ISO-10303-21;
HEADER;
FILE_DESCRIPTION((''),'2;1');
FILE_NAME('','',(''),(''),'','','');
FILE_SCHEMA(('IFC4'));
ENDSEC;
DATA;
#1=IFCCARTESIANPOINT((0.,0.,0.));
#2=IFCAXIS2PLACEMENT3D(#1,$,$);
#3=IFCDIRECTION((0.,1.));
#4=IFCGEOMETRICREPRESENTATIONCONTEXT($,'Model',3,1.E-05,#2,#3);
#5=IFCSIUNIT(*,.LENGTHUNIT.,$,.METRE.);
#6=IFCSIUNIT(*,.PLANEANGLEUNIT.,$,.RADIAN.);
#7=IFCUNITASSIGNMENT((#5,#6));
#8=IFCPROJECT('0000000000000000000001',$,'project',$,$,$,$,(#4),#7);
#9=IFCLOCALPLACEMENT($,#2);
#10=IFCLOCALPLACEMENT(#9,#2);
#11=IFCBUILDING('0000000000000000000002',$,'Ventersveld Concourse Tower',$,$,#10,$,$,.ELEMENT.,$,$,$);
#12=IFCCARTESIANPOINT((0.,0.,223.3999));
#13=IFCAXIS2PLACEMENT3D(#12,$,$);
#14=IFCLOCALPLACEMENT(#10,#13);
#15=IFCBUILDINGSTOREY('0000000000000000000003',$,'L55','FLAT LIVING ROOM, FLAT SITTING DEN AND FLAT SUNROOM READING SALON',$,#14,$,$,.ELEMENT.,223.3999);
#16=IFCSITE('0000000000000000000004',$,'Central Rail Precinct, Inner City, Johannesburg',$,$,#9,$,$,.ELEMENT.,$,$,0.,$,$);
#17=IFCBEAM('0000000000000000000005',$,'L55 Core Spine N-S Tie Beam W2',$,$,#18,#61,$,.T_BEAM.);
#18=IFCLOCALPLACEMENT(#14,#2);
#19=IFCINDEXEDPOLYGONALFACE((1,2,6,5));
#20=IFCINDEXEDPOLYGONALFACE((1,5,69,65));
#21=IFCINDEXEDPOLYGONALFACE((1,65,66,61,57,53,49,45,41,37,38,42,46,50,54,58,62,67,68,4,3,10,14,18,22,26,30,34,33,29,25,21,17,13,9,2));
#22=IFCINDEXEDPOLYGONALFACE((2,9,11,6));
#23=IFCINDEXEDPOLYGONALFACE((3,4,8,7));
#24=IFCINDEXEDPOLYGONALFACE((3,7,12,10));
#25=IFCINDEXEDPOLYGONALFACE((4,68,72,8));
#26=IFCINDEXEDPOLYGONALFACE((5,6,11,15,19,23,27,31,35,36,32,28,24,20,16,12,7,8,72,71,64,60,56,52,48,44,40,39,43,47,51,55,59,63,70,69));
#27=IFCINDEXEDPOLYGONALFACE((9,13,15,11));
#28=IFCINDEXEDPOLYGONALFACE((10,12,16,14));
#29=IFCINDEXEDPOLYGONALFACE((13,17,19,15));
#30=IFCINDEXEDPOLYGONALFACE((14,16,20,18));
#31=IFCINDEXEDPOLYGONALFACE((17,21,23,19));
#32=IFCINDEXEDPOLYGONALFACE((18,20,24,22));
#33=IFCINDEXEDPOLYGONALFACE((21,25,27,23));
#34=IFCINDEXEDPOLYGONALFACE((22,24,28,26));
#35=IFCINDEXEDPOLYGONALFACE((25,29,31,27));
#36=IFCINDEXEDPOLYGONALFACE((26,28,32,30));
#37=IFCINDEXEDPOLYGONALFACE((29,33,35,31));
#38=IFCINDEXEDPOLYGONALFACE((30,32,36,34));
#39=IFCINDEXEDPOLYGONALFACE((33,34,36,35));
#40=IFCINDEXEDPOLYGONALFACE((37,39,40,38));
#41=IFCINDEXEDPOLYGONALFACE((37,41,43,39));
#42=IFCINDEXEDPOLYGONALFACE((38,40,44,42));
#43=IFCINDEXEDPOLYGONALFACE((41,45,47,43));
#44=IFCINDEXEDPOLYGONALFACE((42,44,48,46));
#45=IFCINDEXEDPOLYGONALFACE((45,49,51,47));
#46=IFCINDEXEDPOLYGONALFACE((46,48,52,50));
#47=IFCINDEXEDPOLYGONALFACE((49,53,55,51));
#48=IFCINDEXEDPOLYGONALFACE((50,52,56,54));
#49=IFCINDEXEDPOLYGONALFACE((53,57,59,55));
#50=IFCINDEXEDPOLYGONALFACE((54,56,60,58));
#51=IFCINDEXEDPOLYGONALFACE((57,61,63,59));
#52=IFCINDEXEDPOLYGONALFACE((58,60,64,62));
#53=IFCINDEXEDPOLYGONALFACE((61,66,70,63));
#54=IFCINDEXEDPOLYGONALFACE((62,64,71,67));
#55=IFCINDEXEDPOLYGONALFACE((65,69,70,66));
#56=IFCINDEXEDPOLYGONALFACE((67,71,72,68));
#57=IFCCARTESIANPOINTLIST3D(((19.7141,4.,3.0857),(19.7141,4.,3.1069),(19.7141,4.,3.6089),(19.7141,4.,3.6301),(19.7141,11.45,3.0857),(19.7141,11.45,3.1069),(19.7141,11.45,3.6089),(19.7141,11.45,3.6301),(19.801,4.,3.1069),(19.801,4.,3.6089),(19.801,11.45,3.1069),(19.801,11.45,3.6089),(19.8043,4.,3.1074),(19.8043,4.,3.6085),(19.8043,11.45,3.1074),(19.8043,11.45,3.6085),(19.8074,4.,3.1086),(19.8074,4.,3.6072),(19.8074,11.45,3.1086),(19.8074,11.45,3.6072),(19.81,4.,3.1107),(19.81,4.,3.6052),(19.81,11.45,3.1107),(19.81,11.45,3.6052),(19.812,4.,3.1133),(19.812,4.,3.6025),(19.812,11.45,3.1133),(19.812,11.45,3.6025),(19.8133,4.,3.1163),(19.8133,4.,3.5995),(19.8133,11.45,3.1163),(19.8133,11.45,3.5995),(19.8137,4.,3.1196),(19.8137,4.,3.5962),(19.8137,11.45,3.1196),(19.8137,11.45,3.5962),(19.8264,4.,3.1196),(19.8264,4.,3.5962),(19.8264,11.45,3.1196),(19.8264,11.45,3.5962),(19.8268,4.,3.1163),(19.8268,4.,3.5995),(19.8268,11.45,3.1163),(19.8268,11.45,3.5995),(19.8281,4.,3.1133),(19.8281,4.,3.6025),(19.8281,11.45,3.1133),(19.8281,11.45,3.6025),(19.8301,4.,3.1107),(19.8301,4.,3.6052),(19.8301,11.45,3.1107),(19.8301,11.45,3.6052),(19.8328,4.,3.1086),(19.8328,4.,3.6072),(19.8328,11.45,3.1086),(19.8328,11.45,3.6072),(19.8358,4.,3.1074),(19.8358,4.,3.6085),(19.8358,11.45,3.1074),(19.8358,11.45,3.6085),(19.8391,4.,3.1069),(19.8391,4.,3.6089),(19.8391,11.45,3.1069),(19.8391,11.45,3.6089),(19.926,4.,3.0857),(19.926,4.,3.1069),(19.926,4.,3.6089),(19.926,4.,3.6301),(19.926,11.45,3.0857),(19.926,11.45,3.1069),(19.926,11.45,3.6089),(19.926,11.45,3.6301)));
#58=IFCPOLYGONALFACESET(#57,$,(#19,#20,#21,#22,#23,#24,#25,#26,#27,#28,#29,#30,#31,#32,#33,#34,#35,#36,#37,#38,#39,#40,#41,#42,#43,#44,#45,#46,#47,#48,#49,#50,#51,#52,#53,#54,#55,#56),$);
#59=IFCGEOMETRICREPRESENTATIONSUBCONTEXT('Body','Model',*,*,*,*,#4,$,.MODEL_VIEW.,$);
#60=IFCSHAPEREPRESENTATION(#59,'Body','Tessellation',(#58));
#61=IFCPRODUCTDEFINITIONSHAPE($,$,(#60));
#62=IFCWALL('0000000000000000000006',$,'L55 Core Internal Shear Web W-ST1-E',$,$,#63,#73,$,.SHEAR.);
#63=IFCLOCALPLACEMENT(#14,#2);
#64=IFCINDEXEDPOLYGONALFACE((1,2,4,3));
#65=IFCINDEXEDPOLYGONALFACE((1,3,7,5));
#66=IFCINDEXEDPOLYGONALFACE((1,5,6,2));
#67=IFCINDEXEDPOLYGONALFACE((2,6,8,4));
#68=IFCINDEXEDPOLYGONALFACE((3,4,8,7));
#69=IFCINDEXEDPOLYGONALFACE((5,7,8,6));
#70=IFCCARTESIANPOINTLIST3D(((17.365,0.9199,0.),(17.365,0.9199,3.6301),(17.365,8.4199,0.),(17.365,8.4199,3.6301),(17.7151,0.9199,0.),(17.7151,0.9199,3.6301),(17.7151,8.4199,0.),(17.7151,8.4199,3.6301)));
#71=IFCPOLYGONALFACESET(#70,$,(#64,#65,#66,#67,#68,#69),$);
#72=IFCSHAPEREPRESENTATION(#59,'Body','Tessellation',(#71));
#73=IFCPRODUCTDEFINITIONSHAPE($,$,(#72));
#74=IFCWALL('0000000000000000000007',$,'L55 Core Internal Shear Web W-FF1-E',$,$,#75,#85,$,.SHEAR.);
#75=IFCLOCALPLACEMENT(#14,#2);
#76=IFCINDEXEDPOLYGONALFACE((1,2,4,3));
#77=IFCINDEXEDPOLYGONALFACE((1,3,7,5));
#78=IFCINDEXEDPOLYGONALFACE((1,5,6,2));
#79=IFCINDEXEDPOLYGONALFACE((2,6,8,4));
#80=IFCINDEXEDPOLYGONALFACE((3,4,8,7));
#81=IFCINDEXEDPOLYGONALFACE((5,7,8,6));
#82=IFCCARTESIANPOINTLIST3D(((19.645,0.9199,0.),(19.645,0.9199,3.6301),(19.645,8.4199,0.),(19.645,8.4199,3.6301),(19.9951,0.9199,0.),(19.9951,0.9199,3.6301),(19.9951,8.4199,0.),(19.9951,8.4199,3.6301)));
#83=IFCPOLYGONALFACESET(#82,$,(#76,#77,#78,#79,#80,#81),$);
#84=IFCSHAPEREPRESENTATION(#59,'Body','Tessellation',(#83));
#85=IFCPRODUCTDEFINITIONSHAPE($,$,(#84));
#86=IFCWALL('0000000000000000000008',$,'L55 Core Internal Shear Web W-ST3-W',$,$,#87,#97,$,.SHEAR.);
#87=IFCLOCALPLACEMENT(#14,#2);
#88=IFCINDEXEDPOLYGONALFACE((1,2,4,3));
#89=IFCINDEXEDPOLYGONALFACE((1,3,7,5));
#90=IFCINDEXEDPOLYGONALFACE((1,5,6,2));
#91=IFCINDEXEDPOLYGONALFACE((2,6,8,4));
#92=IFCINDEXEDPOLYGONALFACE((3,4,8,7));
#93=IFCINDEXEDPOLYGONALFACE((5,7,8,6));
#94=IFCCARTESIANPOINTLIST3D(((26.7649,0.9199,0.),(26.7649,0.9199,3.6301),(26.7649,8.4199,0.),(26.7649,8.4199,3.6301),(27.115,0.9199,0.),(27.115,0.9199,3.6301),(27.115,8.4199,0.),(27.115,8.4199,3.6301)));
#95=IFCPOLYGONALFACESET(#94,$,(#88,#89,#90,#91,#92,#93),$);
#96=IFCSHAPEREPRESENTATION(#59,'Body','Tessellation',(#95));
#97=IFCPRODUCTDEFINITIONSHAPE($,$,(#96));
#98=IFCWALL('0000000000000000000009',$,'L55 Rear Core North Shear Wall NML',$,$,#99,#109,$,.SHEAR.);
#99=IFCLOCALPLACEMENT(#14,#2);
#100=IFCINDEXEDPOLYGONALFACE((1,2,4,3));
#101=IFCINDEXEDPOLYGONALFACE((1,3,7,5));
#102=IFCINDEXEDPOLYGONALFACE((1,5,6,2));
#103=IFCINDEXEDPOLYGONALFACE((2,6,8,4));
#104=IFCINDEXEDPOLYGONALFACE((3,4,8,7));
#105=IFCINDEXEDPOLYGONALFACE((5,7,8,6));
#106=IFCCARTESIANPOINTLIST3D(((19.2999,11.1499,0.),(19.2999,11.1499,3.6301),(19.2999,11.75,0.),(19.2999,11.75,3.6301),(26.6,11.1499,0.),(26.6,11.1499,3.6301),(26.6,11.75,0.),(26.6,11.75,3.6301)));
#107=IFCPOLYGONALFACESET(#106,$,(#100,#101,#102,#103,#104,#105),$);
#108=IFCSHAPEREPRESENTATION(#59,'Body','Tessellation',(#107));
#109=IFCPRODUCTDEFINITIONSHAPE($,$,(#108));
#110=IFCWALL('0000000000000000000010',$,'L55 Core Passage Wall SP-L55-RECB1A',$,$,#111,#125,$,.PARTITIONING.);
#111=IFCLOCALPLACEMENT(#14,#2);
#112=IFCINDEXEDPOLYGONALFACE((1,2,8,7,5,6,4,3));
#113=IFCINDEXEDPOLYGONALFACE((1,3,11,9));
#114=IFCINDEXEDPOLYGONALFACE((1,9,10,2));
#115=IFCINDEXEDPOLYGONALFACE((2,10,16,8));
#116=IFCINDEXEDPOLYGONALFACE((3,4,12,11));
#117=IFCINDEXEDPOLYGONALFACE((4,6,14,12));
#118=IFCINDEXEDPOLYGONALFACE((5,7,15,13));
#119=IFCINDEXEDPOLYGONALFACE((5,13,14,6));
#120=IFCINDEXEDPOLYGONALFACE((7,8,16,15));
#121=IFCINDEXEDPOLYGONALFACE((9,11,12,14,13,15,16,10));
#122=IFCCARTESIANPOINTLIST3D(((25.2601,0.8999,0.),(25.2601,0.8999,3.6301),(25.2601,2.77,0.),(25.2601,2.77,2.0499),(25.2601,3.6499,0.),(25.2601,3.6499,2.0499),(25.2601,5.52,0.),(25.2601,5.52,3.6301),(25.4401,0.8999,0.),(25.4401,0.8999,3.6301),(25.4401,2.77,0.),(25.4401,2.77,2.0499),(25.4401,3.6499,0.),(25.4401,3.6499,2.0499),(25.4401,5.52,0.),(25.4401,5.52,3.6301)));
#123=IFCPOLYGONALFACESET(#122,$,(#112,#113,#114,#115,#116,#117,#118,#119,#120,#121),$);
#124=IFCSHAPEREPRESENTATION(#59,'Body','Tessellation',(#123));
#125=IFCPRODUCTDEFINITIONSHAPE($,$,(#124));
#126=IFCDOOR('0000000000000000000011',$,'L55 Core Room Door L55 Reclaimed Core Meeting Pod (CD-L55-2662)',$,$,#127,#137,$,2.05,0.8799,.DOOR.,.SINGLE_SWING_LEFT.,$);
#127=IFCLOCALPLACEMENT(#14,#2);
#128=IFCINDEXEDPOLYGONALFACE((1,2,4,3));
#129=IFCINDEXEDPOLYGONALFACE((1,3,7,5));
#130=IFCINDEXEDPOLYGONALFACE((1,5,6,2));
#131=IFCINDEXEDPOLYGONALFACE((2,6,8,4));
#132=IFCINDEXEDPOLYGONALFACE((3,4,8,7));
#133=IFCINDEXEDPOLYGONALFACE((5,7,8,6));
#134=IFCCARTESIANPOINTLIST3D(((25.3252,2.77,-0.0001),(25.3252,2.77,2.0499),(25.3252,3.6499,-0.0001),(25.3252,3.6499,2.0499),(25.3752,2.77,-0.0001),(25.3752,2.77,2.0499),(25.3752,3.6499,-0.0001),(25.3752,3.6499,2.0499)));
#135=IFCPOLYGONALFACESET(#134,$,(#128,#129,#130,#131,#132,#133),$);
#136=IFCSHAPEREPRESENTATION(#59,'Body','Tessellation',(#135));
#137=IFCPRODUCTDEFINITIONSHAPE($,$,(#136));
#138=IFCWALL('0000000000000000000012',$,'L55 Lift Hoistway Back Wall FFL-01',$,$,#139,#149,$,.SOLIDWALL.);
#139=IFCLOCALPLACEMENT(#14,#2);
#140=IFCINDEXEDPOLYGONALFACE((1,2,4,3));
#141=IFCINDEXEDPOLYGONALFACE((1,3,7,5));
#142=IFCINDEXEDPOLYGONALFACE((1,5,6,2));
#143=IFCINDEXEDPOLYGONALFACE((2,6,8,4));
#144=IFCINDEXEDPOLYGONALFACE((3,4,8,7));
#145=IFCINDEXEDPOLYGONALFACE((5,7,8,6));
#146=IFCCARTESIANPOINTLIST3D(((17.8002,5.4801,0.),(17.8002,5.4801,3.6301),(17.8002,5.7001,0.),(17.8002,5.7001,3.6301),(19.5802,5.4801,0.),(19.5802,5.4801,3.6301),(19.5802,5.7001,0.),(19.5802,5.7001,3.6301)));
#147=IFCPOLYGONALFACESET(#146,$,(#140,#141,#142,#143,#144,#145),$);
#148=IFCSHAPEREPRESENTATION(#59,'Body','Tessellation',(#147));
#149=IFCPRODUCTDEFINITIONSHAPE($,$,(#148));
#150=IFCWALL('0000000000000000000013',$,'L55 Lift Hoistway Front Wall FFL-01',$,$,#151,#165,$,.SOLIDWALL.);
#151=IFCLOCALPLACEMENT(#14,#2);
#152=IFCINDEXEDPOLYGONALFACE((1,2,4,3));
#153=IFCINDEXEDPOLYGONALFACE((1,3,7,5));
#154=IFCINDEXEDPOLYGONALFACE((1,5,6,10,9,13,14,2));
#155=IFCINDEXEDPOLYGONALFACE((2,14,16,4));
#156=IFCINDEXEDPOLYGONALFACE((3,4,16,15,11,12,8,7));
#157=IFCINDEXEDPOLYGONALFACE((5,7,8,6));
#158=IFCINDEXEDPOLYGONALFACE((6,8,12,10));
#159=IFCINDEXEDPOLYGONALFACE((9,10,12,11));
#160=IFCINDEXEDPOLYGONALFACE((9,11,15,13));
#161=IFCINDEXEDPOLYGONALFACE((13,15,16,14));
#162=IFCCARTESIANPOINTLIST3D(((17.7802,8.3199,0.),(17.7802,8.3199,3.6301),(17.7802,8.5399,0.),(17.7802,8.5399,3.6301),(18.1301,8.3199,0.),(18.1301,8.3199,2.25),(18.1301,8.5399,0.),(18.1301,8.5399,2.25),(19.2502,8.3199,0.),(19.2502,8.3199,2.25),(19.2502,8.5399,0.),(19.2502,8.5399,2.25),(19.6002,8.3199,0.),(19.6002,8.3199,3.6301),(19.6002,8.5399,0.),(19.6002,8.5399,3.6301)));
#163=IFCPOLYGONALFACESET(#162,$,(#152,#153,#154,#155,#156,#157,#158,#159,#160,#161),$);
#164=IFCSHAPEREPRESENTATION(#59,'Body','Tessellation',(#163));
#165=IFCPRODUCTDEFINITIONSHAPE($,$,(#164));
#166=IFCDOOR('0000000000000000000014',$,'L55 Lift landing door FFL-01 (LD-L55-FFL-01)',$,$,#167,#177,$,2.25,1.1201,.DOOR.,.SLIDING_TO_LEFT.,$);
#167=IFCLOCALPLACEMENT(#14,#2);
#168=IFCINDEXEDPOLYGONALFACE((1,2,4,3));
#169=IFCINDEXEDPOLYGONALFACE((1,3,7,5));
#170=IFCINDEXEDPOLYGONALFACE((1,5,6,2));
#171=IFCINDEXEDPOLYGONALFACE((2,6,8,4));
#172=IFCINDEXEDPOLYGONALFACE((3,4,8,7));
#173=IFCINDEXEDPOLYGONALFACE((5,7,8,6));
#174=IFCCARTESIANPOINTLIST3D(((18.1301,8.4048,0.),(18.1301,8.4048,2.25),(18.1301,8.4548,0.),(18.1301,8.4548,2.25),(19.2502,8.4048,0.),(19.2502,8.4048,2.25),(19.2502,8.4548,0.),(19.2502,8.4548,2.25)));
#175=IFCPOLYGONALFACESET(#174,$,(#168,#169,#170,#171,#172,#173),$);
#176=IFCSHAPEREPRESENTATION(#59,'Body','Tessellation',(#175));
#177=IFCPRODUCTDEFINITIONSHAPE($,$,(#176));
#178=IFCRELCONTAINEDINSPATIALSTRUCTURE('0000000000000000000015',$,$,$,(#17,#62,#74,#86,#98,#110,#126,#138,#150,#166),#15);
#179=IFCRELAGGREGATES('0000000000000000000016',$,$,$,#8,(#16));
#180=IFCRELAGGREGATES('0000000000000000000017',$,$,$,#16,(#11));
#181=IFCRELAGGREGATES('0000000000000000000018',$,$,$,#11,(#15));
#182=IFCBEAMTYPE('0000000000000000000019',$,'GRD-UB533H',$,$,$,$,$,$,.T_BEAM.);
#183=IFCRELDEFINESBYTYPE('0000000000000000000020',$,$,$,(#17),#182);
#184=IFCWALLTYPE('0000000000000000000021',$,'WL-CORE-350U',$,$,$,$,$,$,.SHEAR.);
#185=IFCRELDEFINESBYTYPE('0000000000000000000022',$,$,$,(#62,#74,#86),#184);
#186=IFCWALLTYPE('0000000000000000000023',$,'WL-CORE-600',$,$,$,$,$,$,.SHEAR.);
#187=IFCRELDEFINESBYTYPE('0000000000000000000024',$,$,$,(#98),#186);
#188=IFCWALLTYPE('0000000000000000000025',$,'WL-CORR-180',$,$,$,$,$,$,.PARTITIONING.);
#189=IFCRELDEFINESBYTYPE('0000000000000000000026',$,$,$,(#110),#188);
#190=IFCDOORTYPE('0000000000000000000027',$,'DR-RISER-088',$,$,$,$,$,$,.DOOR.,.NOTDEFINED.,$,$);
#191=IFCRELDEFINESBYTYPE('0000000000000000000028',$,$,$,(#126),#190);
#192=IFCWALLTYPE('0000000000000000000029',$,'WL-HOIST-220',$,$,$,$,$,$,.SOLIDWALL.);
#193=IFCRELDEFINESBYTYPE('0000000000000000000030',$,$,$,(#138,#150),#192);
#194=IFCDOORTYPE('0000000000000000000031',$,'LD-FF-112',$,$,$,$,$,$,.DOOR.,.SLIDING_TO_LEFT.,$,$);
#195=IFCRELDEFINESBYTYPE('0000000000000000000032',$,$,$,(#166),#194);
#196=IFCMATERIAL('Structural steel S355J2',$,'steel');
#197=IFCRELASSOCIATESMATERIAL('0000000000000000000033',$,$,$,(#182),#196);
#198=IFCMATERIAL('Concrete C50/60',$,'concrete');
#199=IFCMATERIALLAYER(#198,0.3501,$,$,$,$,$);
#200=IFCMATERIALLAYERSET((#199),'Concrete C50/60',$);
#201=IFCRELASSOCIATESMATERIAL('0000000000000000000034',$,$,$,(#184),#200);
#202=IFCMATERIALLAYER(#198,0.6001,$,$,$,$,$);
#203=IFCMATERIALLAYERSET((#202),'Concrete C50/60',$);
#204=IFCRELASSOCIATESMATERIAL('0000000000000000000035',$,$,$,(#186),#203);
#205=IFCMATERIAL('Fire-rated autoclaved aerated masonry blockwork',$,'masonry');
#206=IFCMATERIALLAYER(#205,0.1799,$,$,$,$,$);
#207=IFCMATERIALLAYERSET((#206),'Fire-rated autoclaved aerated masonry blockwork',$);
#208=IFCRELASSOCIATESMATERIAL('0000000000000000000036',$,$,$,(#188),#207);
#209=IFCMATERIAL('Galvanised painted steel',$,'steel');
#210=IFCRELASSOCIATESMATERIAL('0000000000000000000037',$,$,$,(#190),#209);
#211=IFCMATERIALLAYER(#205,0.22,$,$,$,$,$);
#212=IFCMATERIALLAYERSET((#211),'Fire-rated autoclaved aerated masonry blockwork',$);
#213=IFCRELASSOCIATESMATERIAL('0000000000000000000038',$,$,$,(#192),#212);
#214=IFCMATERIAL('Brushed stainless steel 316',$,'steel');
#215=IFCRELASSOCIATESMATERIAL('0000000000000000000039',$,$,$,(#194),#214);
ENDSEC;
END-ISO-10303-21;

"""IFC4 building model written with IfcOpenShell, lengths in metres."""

from ifc_helpers import new_model, si_unit, direction, frame, frame_2d, origin, origin_2d, place, context, subcontext, project, spatial, rectangle, i_section, extrude, material, layer, layer_set, material_profile, profile_set, type_object, element, fill, save


model = new_model("IFC4")

# Units and contexts
model_context = context("Model", 3, precision=1e-05, world=origin(), true_north=direction((0.0, 1.0)))
body_context = subcontext(model_context, "Body", "Model", "MODEL_VIEW")
ifc_project = project(units=[si_unit("LENGTHUNIT", "METRE"), si_unit("PLANEANGLEUNIT", "RADIAN")], contexts=[model_context])

# Site, building, storey
site_placement = place(None, origin())
site = spatial("IfcSite", under=ifc_project, at=site_placement, Name="Central Rail Precinct, Inner City, Johannesburg", CompositionType="ELEMENT", RefElevation=0.0)
building_placement = place(site_placement, origin())
building = spatial("IfcBuilding", under=site, at=building_placement, Name="Ventersveld Concourse Tower", CompositionType="ELEMENT")
storey_placement = place(building_placement, frame((0.0, 0.0, 223.3999)))
storey = spatial("IfcBuildingStorey", under=building, at=storey_placement, Name="L55", Description="FLAT LIVING ROOM, FLAT SITTING DEN AND FLAT SUNROOM READING SALON", CompositionType="ELEMENT", Elevation=223.3999)

# Shared definitions
ifc_material_1 = material(Name="Concrete C50/60", Category="concrete")

# Beam
ifc_material_2 = material(Name="Structural steel S355J2", Category="steel")
ifc_material_profile_1 = material_profile(ifc_material_2, i_section(OverallWidth=0.2119, OverallDepth=0.5444, WebThickness=0.0127, FlangeThickness=0.0212, FilletRadius=0.0127, at=origin_2d()), Name="UB 533x210x122")
ifc_profile_set_1 = profile_set([ifc_material_profile_1], Name="Structural steel S355J2")
beam_type_1 = type_object("IfcBeamType", Name="GRD-UB533H", PredefinedType="T_BEAM", material=ifc_profile_set_1)
beam_1_placement = place(storey_placement, frame((19.8201, 4.0, 3.3579), z_axis=(0.0, 1.0, 0.0), x_axis=(-1.0, 0.0, 0.0)))
element("IfcBeam", 1, at=beam_1_placement, inside=storey, type_object=beam_type_1, Name="L55 Core Spine N-S Tie Beam W2", PredefinedType="T_BEAM", context=body_context, shape_type="SweptSolid", body=[
    extrude(i_section(OverallWidth=0.2119, OverallDepth=0.5444, WebThickness=0.0127, FlangeThickness=0.0212, FilletRadius=0.0127, at=origin_2d()), origin(), (0.0, 0.0, 1.0), 7.45),
])

# Walls
ifc_layer_1 = layer(ifc_material_1, 0.3501)
ifc_layer_set_1 = layer_set([ifc_layer_1], Name="Concrete C50/60")
wall_type_1 = type_object("IfcWallType", Name="WL-CORE-350U", PredefinedType="SHEAR", material=ifc_layer_set_1)
for number, where, z_axis, x_axis, name in (
    (2, (17.54, 0.9199, 0.0), (0.0, 0.0, 1.0), (0.0, 1.0, 0.0), "L55 Core Internal Shear Web W-ST1-E"),
    (3, (19.8201, 0.9199, 0.0), (0.0, 0.0, 1.0), (0.0, 1.0, 0.0), "L55 Core Internal Shear Web W-FF1-E"),
    (4, (26.9399, 0.9199, 0.0), (0.0, 0.0, 1.0), (0.0, 1.0, 0.0), "L55 Core Internal Shear Web W-ST3-W"),
):
    element("IfcWall", number, at=place(storey_placement, frame(where, z_axis=z_axis, x_axis=x_axis)), inside=storey, type_object=wall_type_1, Name=name, PredefinedType="SHEAR", context=body_context, shape_type="SweptSolid", body=[
        extrude(rectangle(XDim=7.5, YDim=0.3501, at=frame_2d((3.75, 0.0))), origin(), (0.0, 0.0, 1.0), 3.6301),
    ])
ifc_layer_2 = layer(ifc_material_1, 0.6001)
ifc_layer_set_2 = layer_set([ifc_layer_2], Name="Concrete C50/60")
wall_type_2 = type_object("IfcWallType", Name="WL-CORE-600", PredefinedType="SHEAR", material=ifc_layer_set_2)
wall_1_placement = place(storey_placement, frame((19.3, 11.45, 0.0), z_axis=(0.0, 0.0, 1.0), x_axis=(1.0, 0.0, 0.0)))
element("IfcWall", 5, at=wall_1_placement, inside=storey, type_object=wall_type_2, Name="L55 Rear Core North Shear Wall NML", PredefinedType="SHEAR", context=body_context, shape_type="SweptSolid", body=[
    extrude(rectangle(XDim=7.3, YDim=0.6001, at=frame_2d((3.6499, 0.0))), origin(), (0.0, 0.0, 1.0), 3.6301),
])

# Wall, opening, door
ifc_material_3 = material(Name="Fire-rated autoclaved aerated masonry blockwork", Category="masonry")
ifc_layer_3 = layer(ifc_material_3, 0.1799)
ifc_layer_set_3 = layer_set([ifc_layer_3], Name="Fire-rated autoclaved aerated masonry blockwork")
wall_type_3 = type_object("IfcWallType", Name="WL-CORR-180", PredefinedType="PARTITIONING", material=ifc_layer_set_3)
wall_2_placement = place(storey_placement, frame((25.3501, 0.8999, 0.0), z_axis=(0.0, 0.0, 1.0), x_axis=(0.0, 1.0, 0.0)))
wall_2 = element("IfcWall", 6, at=wall_2_placement, inside=storey, type_object=wall_type_3, Name="L55 Core Passage Wall SP-L55-RECB1A", PredefinedType="PARTITIONING", context=body_context, shape_type="SweptSolid", body=[
    extrude(rectangle(XDim=4.6201, YDim=0.1799, at=frame_2d((2.3101, 0.0))), origin(), (0.0, 0.0, 1.0), 3.6301),
])
opening_1_placement = place(wall_2_placement, frame((1.8701, 0.0, 0.0)))
opening_1 = element("IfcOpeningElement", 7, at=opening_1_placement, cuts=wall_2, PredefinedType="OPENING", context=body_context, shape_type="SweptSolid", body=[
    extrude(rectangle(XDim=0.8799, YDim=2.05, at=frame_2d((0.4399, 1.0249))), frame((0.0, 0.1001, 0.0), z_axis=(0.0, -1.0, 0.0), x_axis=(1.0, 0.0, 0.0)), (0.0, 0.0, 1.0), 0.2),
])
ifc_material_4 = material(Name="Galvanised painted steel", Category="steel")
door_type_1 = type_object("IfcDoorType", Name="DR-RISER-088", OperationType="NOTDEFINED", PredefinedType="DOOR", material=ifc_material_4)
door_1_placement = place(opening_1_placement, origin())
door_1 = element("IfcDoor", 8, at=door_1_placement, inside=storey, type_object=door_type_1, Name="L55 Core Room Door L55 Reclaimed Core Meeting Pod (CD-L55-2662)", OperationType="SINGLE_SWING_LEFT", OverallHeight=2.05, OverallWidth=0.8799, PredefinedType="DOOR", context=body_context, shape_type="SweptSolid", body=[
    extrude(rectangle(XDim=0.8799, YDim=2.05, at=frame_2d((0.4399, 1.0249))), frame((0.0, 0.0249, 0.0), z_axis=(0.0, -1.0, 0.0), x_axis=(1.0, 0.0, 0.0)), (0.0, 0.0, 1.0), 0.05),
])
fill(opening_1, door_1)

# Wall
ifc_layer_4 = layer(ifc_material_3, 0.22)
ifc_layer_set_4 = layer_set([ifc_layer_4], Name="Fire-rated autoclaved aerated masonry blockwork")
wall_type_4 = type_object("IfcWallType", Name="WL-HOIST-220", PredefinedType="SOLIDWALL", material=ifc_layer_set_4)
wall_3_placement = place(storey_placement, frame((17.8, 5.5901, 0.0), z_axis=(0.0, 0.0, 1.0), x_axis=(1.0, 0.0, 0.0)))
element("IfcWall", 9, at=wall_3_placement, inside=storey, type_object=wall_type_4, Name="L55 Lift Hoistway Back Wall FFL-01", PredefinedType="SOLIDWALL", context=body_context, shape_type="SweptSolid", body=[
    extrude(rectangle(XDim=1.78, YDim=0.22, at=frame_2d((0.8901, 0.0))), origin(), (0.0, 0.0, 1.0), 3.6301),
])

# Wall, opening, door
wall_4_placement = place(storey_placement, frame((17.78, 8.4299, 0.0), z_axis=(0.0, 0.0, 1.0), x_axis=(1.0, 0.0, 0.0)))
wall_4 = element("IfcWall", 10, at=wall_4_placement, inside=storey, type_object=wall_type_4, Name="L55 Lift Hoistway Front Wall FFL-01", PredefinedType="SOLIDWALL", context=body_context, shape_type="SweptSolid", body=[
    extrude(rectangle(XDim=1.8201, YDim=0.22, at=frame_2d((0.9102, 0.0))), origin(), (0.0, 0.0, 1.0), 3.6301),
])
opening_2_placement = place(wall_4_placement, frame((0.3501, 0.0, 0.0)))
opening_2 = element("IfcOpeningElement", 11, at=opening_2_placement, cuts=wall_4, PredefinedType="OPENING", context=body_context, shape_type="SweptSolid", body=[
    extrude(rectangle(XDim=1.1201, YDim=2.25, at=frame_2d((0.5601, 1.125))), frame((0.0, 0.1201, 0.0), z_axis=(0.0, -1.0, 0.0), x_axis=(1.0, 0.0, 0.0)), (0.0, 0.0, 1.0), 0.24),
])
ifc_material_5 = material(Name="Brushed stainless steel 316", Category="steel")
door_type_2 = type_object("IfcDoorType", Name="LD-FF-112", OperationType="SLIDING_TO_LEFT", PredefinedType="DOOR", material=ifc_material_5)
door_2_placement = place(opening_2_placement, origin())
door_2 = element("IfcDoor", 12, at=door_2_placement, inside=storey, type_object=door_type_2, Name="L55 Lift landing door FFL-01 (LD-L55-FFL-01)", OperationType="SLIDING_TO_LEFT", OverallHeight=2.25, OverallWidth=1.1201, PredefinedType="DOOR", context=body_context, shape_type="SweptSolid", body=[
    extrude(rectangle(XDim=1.1201, YDim=2.25, at=frame_2d((0.5601, 1.125))), frame((0.0, 0.0249, 0.0), z_axis=(0.0, -1.0, 0.0), x_axis=(1.0, 0.0, 0.0)), (0.0, 0.0, 1.0), 0.05),
])
fill(opening_2, door_2)

save(model, "model.ifc")
